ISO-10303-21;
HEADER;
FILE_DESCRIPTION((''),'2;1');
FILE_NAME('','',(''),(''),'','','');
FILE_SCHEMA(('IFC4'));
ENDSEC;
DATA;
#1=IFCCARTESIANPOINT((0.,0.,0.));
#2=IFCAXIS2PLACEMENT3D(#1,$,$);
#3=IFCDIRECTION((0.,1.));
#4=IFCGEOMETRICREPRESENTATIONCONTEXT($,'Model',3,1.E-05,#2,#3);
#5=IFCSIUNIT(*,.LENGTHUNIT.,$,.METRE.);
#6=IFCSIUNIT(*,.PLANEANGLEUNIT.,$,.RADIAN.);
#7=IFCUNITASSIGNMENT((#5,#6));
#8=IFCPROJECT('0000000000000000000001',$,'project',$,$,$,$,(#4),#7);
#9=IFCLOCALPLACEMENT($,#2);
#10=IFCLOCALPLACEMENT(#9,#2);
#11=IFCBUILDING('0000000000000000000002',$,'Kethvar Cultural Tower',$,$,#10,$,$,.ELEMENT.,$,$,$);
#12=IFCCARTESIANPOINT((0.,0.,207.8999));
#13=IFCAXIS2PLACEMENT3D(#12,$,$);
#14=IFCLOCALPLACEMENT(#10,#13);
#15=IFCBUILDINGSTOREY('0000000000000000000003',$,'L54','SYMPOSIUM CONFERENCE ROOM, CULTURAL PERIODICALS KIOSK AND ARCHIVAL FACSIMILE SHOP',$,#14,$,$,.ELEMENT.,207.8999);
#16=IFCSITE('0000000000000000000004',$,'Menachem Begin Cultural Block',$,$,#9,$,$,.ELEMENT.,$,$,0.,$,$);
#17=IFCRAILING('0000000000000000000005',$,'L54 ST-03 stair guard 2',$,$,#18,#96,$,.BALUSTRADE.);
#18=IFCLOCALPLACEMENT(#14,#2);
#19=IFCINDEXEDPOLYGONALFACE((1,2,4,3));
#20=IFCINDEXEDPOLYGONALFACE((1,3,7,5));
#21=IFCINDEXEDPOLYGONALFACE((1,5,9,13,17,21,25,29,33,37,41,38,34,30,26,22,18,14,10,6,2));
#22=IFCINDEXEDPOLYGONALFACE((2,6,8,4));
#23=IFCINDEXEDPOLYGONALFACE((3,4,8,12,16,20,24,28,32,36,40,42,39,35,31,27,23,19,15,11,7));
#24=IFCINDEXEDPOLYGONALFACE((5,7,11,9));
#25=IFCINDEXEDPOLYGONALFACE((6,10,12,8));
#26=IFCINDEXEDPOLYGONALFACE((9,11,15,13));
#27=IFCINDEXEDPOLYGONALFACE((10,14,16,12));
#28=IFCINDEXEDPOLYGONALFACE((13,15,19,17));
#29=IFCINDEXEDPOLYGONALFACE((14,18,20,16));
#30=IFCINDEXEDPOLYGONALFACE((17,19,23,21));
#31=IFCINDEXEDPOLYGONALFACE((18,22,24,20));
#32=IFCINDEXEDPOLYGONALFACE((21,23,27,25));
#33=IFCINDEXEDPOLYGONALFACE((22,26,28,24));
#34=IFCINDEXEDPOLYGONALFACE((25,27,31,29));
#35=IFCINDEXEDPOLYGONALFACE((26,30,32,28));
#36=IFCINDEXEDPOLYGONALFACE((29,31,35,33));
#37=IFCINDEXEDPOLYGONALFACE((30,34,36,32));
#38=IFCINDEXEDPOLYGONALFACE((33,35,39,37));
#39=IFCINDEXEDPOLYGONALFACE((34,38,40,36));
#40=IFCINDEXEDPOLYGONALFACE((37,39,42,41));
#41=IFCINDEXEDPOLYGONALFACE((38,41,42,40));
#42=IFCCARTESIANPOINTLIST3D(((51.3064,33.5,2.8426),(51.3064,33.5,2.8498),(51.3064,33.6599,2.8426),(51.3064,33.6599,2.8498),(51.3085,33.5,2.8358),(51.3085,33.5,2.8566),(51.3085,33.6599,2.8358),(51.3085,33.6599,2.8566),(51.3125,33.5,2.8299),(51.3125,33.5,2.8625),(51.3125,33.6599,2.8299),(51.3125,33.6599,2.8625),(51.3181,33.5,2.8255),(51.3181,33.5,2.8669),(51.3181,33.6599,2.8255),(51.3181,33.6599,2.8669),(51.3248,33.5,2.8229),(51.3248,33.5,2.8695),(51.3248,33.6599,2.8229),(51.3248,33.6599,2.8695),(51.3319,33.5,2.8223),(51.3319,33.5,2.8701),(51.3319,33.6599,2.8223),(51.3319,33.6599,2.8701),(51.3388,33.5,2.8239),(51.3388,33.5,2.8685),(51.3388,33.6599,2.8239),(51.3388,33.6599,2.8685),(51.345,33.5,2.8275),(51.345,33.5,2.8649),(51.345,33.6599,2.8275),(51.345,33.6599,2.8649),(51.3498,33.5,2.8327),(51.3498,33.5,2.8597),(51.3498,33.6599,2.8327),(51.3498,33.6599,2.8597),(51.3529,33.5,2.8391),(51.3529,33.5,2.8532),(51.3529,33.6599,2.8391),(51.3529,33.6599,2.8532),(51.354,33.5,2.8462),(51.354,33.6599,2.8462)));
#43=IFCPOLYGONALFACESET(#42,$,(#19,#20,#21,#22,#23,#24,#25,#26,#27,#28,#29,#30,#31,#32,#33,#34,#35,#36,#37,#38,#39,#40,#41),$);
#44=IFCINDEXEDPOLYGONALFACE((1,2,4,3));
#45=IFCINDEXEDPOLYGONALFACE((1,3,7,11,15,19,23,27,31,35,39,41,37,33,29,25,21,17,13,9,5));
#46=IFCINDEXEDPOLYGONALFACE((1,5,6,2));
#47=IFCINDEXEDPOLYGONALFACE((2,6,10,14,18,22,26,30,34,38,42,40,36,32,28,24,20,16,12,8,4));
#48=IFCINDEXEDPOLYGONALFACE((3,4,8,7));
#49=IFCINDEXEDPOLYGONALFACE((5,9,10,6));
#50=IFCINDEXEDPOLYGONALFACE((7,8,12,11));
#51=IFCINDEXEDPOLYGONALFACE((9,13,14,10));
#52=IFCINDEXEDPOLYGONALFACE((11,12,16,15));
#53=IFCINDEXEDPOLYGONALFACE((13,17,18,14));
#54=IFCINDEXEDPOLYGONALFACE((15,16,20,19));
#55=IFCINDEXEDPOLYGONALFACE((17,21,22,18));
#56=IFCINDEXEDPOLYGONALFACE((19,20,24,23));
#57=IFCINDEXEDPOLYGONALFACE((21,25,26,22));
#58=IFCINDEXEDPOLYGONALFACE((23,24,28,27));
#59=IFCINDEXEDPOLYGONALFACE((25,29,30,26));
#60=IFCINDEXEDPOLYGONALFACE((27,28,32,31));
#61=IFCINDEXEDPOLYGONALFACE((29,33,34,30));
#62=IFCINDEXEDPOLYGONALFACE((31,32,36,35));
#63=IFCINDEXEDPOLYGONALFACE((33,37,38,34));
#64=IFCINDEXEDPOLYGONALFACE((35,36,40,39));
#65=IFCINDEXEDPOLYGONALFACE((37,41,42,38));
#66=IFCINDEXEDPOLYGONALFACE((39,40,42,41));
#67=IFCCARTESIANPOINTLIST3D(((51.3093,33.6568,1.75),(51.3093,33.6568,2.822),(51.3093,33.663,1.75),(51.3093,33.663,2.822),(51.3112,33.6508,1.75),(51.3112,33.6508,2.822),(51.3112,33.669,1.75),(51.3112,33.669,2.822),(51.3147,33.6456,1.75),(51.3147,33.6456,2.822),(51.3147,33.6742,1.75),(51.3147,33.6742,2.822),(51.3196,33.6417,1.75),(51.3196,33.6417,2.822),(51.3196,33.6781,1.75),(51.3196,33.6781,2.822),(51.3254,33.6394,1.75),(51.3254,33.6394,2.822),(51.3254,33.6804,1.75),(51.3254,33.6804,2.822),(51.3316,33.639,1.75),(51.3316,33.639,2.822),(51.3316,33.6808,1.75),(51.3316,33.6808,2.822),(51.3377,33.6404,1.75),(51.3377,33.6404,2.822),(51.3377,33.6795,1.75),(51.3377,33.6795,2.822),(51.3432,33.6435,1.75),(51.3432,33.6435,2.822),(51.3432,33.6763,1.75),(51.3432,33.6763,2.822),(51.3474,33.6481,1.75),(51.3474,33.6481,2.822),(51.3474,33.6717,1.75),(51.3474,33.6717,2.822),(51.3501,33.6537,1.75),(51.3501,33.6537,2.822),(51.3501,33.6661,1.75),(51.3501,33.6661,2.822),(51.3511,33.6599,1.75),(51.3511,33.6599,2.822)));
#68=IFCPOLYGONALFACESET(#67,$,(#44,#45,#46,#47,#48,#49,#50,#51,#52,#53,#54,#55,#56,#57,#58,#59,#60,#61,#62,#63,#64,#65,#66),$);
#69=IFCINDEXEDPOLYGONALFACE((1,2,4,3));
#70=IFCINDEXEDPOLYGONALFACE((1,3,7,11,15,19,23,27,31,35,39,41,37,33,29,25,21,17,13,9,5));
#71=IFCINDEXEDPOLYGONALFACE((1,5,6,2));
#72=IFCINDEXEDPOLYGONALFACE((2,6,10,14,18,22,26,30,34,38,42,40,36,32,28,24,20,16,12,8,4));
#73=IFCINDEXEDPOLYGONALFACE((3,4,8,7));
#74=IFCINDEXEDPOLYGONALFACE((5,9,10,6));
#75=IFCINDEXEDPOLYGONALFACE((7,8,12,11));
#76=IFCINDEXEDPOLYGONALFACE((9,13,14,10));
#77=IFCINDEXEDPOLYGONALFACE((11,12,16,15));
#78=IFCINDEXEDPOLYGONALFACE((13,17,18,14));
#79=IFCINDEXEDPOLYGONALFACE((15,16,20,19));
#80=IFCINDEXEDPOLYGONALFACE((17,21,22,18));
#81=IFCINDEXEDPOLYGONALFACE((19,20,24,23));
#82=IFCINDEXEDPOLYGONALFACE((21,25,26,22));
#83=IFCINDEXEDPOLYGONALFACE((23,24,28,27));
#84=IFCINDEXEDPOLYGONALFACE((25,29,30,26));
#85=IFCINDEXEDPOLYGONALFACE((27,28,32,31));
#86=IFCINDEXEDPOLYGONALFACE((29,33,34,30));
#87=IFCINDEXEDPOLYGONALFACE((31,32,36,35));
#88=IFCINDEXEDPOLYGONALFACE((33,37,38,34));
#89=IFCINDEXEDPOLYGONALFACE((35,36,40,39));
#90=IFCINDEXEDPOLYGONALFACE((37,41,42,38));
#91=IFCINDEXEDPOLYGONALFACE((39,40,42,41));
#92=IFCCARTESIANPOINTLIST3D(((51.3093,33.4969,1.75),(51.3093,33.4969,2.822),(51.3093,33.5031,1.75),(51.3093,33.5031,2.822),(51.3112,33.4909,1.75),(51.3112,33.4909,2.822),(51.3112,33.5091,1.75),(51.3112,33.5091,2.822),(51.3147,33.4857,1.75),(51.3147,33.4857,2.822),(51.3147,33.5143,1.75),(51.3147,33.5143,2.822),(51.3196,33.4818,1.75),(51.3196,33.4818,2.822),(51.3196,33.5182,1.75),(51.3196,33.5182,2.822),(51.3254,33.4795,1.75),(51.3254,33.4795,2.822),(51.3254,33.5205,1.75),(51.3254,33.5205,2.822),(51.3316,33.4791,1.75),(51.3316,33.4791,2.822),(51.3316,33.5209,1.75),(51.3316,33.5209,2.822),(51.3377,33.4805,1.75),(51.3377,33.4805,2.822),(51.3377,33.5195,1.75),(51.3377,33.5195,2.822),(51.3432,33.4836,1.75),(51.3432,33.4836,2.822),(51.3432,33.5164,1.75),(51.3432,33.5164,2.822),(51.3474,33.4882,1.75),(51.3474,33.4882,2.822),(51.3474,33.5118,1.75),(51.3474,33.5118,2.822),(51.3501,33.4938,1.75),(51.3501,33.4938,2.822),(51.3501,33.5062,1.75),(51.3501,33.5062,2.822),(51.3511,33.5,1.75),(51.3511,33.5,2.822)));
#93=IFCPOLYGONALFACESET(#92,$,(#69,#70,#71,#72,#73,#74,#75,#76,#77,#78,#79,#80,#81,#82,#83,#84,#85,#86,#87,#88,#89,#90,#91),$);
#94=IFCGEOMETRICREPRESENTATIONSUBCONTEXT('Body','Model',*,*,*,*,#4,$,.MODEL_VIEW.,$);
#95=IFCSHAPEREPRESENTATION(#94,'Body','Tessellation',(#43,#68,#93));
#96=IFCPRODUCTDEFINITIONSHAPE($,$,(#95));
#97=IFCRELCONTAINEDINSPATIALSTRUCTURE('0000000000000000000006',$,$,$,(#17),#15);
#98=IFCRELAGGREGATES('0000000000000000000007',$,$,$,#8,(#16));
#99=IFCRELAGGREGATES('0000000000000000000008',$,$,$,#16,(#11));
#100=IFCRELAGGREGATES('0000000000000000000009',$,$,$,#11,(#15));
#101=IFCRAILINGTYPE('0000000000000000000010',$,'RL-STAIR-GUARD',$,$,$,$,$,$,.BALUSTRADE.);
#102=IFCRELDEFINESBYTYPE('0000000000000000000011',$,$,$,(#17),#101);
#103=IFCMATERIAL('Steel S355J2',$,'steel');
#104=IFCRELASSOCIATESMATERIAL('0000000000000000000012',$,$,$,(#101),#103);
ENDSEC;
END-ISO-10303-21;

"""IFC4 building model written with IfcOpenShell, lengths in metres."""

from ifc_helpers import new_model, si_unit, direction, frame, origin, origin_2d, place, context, subcontext, project, spatial, circle, extrude, material, type_object, element, save


model = new_model("IFC4")

# Units and contexts
model_context = context("Model", 3, precision=1e-05, world=origin(), true_north=direction((0.0, 1.0)))
body_context = subcontext(model_context, "Body", "Model", "MODEL_VIEW")
ifc_project = project(units=[si_unit("LENGTHUNIT", "METRE"), si_unit("PLANEANGLEUNIT", "RADIAN")], contexts=[model_context])

# Site, building, storey
site_placement = place(None, origin())
site = spatial("IfcSite", under=ifc_project, at=site_placement, Name="Menachem Begin Cultural Block", CompositionType="ELEMENT", RefElevation=0.0)
building_placement = place(site_placement, origin())
building = spatial("IfcBuilding", under=site, at=building_placement, Name="Kethvar Cultural Tower", CompositionType="ELEMENT")
storey_placement = place(building_placement, frame((0.0, 0.0, 207.8999)))
storey = spatial("IfcBuildingStorey", under=building, at=storey_placement, Name="L54", Description="SYMPOSIUM CONFERENCE ROOM, CULTURAL PERIODICALS KIOSK AND ARCHIVAL FACSIMILE SHOP", CompositionType="ELEMENT", Elevation=207.8999)

# Shared definitions
ifc_material_1 = material(Name="Steel S355J2", Category="steel")

# Railing
railing_type_1 = type_object("IfcRailingType", Name="RL-STAIR-GUARD", PredefinedType="BALUSTRADE", material=ifc_material_1)
railing_1_placement = place(storey_placement, frame((51.3301, 33.6599, 1.75)))
element("IfcRailing", 1, at=railing_1_placement, inside=storey, type_object=railing_type_1, Name="L54 ST-03 stair guard 2", PredefinedType="BALUSTRADE", context=body_context, shape_type="SweptSolid", body=[
    extrude(circle(Radius=0.0239, at=origin_2d()), frame((0.0, 0.0, 1.0962), z_axis=(0.0, -1.0, 0.0), x_axis=(1.0, 0.0, 0.0)), (0.0, 0.0, 1.0), 0.1599),
    extrude(circle(Radius=0.021, at=origin_2d()), origin(), (0.0, 0.0, 1.0), 1.072),
    extrude(circle(Radius=0.021, at=origin_2d()), frame((0.0, -0.1599, 0.0)), (0.0, 0.0, 1.0), 1.072),
])

save(model, "model.ifc")
